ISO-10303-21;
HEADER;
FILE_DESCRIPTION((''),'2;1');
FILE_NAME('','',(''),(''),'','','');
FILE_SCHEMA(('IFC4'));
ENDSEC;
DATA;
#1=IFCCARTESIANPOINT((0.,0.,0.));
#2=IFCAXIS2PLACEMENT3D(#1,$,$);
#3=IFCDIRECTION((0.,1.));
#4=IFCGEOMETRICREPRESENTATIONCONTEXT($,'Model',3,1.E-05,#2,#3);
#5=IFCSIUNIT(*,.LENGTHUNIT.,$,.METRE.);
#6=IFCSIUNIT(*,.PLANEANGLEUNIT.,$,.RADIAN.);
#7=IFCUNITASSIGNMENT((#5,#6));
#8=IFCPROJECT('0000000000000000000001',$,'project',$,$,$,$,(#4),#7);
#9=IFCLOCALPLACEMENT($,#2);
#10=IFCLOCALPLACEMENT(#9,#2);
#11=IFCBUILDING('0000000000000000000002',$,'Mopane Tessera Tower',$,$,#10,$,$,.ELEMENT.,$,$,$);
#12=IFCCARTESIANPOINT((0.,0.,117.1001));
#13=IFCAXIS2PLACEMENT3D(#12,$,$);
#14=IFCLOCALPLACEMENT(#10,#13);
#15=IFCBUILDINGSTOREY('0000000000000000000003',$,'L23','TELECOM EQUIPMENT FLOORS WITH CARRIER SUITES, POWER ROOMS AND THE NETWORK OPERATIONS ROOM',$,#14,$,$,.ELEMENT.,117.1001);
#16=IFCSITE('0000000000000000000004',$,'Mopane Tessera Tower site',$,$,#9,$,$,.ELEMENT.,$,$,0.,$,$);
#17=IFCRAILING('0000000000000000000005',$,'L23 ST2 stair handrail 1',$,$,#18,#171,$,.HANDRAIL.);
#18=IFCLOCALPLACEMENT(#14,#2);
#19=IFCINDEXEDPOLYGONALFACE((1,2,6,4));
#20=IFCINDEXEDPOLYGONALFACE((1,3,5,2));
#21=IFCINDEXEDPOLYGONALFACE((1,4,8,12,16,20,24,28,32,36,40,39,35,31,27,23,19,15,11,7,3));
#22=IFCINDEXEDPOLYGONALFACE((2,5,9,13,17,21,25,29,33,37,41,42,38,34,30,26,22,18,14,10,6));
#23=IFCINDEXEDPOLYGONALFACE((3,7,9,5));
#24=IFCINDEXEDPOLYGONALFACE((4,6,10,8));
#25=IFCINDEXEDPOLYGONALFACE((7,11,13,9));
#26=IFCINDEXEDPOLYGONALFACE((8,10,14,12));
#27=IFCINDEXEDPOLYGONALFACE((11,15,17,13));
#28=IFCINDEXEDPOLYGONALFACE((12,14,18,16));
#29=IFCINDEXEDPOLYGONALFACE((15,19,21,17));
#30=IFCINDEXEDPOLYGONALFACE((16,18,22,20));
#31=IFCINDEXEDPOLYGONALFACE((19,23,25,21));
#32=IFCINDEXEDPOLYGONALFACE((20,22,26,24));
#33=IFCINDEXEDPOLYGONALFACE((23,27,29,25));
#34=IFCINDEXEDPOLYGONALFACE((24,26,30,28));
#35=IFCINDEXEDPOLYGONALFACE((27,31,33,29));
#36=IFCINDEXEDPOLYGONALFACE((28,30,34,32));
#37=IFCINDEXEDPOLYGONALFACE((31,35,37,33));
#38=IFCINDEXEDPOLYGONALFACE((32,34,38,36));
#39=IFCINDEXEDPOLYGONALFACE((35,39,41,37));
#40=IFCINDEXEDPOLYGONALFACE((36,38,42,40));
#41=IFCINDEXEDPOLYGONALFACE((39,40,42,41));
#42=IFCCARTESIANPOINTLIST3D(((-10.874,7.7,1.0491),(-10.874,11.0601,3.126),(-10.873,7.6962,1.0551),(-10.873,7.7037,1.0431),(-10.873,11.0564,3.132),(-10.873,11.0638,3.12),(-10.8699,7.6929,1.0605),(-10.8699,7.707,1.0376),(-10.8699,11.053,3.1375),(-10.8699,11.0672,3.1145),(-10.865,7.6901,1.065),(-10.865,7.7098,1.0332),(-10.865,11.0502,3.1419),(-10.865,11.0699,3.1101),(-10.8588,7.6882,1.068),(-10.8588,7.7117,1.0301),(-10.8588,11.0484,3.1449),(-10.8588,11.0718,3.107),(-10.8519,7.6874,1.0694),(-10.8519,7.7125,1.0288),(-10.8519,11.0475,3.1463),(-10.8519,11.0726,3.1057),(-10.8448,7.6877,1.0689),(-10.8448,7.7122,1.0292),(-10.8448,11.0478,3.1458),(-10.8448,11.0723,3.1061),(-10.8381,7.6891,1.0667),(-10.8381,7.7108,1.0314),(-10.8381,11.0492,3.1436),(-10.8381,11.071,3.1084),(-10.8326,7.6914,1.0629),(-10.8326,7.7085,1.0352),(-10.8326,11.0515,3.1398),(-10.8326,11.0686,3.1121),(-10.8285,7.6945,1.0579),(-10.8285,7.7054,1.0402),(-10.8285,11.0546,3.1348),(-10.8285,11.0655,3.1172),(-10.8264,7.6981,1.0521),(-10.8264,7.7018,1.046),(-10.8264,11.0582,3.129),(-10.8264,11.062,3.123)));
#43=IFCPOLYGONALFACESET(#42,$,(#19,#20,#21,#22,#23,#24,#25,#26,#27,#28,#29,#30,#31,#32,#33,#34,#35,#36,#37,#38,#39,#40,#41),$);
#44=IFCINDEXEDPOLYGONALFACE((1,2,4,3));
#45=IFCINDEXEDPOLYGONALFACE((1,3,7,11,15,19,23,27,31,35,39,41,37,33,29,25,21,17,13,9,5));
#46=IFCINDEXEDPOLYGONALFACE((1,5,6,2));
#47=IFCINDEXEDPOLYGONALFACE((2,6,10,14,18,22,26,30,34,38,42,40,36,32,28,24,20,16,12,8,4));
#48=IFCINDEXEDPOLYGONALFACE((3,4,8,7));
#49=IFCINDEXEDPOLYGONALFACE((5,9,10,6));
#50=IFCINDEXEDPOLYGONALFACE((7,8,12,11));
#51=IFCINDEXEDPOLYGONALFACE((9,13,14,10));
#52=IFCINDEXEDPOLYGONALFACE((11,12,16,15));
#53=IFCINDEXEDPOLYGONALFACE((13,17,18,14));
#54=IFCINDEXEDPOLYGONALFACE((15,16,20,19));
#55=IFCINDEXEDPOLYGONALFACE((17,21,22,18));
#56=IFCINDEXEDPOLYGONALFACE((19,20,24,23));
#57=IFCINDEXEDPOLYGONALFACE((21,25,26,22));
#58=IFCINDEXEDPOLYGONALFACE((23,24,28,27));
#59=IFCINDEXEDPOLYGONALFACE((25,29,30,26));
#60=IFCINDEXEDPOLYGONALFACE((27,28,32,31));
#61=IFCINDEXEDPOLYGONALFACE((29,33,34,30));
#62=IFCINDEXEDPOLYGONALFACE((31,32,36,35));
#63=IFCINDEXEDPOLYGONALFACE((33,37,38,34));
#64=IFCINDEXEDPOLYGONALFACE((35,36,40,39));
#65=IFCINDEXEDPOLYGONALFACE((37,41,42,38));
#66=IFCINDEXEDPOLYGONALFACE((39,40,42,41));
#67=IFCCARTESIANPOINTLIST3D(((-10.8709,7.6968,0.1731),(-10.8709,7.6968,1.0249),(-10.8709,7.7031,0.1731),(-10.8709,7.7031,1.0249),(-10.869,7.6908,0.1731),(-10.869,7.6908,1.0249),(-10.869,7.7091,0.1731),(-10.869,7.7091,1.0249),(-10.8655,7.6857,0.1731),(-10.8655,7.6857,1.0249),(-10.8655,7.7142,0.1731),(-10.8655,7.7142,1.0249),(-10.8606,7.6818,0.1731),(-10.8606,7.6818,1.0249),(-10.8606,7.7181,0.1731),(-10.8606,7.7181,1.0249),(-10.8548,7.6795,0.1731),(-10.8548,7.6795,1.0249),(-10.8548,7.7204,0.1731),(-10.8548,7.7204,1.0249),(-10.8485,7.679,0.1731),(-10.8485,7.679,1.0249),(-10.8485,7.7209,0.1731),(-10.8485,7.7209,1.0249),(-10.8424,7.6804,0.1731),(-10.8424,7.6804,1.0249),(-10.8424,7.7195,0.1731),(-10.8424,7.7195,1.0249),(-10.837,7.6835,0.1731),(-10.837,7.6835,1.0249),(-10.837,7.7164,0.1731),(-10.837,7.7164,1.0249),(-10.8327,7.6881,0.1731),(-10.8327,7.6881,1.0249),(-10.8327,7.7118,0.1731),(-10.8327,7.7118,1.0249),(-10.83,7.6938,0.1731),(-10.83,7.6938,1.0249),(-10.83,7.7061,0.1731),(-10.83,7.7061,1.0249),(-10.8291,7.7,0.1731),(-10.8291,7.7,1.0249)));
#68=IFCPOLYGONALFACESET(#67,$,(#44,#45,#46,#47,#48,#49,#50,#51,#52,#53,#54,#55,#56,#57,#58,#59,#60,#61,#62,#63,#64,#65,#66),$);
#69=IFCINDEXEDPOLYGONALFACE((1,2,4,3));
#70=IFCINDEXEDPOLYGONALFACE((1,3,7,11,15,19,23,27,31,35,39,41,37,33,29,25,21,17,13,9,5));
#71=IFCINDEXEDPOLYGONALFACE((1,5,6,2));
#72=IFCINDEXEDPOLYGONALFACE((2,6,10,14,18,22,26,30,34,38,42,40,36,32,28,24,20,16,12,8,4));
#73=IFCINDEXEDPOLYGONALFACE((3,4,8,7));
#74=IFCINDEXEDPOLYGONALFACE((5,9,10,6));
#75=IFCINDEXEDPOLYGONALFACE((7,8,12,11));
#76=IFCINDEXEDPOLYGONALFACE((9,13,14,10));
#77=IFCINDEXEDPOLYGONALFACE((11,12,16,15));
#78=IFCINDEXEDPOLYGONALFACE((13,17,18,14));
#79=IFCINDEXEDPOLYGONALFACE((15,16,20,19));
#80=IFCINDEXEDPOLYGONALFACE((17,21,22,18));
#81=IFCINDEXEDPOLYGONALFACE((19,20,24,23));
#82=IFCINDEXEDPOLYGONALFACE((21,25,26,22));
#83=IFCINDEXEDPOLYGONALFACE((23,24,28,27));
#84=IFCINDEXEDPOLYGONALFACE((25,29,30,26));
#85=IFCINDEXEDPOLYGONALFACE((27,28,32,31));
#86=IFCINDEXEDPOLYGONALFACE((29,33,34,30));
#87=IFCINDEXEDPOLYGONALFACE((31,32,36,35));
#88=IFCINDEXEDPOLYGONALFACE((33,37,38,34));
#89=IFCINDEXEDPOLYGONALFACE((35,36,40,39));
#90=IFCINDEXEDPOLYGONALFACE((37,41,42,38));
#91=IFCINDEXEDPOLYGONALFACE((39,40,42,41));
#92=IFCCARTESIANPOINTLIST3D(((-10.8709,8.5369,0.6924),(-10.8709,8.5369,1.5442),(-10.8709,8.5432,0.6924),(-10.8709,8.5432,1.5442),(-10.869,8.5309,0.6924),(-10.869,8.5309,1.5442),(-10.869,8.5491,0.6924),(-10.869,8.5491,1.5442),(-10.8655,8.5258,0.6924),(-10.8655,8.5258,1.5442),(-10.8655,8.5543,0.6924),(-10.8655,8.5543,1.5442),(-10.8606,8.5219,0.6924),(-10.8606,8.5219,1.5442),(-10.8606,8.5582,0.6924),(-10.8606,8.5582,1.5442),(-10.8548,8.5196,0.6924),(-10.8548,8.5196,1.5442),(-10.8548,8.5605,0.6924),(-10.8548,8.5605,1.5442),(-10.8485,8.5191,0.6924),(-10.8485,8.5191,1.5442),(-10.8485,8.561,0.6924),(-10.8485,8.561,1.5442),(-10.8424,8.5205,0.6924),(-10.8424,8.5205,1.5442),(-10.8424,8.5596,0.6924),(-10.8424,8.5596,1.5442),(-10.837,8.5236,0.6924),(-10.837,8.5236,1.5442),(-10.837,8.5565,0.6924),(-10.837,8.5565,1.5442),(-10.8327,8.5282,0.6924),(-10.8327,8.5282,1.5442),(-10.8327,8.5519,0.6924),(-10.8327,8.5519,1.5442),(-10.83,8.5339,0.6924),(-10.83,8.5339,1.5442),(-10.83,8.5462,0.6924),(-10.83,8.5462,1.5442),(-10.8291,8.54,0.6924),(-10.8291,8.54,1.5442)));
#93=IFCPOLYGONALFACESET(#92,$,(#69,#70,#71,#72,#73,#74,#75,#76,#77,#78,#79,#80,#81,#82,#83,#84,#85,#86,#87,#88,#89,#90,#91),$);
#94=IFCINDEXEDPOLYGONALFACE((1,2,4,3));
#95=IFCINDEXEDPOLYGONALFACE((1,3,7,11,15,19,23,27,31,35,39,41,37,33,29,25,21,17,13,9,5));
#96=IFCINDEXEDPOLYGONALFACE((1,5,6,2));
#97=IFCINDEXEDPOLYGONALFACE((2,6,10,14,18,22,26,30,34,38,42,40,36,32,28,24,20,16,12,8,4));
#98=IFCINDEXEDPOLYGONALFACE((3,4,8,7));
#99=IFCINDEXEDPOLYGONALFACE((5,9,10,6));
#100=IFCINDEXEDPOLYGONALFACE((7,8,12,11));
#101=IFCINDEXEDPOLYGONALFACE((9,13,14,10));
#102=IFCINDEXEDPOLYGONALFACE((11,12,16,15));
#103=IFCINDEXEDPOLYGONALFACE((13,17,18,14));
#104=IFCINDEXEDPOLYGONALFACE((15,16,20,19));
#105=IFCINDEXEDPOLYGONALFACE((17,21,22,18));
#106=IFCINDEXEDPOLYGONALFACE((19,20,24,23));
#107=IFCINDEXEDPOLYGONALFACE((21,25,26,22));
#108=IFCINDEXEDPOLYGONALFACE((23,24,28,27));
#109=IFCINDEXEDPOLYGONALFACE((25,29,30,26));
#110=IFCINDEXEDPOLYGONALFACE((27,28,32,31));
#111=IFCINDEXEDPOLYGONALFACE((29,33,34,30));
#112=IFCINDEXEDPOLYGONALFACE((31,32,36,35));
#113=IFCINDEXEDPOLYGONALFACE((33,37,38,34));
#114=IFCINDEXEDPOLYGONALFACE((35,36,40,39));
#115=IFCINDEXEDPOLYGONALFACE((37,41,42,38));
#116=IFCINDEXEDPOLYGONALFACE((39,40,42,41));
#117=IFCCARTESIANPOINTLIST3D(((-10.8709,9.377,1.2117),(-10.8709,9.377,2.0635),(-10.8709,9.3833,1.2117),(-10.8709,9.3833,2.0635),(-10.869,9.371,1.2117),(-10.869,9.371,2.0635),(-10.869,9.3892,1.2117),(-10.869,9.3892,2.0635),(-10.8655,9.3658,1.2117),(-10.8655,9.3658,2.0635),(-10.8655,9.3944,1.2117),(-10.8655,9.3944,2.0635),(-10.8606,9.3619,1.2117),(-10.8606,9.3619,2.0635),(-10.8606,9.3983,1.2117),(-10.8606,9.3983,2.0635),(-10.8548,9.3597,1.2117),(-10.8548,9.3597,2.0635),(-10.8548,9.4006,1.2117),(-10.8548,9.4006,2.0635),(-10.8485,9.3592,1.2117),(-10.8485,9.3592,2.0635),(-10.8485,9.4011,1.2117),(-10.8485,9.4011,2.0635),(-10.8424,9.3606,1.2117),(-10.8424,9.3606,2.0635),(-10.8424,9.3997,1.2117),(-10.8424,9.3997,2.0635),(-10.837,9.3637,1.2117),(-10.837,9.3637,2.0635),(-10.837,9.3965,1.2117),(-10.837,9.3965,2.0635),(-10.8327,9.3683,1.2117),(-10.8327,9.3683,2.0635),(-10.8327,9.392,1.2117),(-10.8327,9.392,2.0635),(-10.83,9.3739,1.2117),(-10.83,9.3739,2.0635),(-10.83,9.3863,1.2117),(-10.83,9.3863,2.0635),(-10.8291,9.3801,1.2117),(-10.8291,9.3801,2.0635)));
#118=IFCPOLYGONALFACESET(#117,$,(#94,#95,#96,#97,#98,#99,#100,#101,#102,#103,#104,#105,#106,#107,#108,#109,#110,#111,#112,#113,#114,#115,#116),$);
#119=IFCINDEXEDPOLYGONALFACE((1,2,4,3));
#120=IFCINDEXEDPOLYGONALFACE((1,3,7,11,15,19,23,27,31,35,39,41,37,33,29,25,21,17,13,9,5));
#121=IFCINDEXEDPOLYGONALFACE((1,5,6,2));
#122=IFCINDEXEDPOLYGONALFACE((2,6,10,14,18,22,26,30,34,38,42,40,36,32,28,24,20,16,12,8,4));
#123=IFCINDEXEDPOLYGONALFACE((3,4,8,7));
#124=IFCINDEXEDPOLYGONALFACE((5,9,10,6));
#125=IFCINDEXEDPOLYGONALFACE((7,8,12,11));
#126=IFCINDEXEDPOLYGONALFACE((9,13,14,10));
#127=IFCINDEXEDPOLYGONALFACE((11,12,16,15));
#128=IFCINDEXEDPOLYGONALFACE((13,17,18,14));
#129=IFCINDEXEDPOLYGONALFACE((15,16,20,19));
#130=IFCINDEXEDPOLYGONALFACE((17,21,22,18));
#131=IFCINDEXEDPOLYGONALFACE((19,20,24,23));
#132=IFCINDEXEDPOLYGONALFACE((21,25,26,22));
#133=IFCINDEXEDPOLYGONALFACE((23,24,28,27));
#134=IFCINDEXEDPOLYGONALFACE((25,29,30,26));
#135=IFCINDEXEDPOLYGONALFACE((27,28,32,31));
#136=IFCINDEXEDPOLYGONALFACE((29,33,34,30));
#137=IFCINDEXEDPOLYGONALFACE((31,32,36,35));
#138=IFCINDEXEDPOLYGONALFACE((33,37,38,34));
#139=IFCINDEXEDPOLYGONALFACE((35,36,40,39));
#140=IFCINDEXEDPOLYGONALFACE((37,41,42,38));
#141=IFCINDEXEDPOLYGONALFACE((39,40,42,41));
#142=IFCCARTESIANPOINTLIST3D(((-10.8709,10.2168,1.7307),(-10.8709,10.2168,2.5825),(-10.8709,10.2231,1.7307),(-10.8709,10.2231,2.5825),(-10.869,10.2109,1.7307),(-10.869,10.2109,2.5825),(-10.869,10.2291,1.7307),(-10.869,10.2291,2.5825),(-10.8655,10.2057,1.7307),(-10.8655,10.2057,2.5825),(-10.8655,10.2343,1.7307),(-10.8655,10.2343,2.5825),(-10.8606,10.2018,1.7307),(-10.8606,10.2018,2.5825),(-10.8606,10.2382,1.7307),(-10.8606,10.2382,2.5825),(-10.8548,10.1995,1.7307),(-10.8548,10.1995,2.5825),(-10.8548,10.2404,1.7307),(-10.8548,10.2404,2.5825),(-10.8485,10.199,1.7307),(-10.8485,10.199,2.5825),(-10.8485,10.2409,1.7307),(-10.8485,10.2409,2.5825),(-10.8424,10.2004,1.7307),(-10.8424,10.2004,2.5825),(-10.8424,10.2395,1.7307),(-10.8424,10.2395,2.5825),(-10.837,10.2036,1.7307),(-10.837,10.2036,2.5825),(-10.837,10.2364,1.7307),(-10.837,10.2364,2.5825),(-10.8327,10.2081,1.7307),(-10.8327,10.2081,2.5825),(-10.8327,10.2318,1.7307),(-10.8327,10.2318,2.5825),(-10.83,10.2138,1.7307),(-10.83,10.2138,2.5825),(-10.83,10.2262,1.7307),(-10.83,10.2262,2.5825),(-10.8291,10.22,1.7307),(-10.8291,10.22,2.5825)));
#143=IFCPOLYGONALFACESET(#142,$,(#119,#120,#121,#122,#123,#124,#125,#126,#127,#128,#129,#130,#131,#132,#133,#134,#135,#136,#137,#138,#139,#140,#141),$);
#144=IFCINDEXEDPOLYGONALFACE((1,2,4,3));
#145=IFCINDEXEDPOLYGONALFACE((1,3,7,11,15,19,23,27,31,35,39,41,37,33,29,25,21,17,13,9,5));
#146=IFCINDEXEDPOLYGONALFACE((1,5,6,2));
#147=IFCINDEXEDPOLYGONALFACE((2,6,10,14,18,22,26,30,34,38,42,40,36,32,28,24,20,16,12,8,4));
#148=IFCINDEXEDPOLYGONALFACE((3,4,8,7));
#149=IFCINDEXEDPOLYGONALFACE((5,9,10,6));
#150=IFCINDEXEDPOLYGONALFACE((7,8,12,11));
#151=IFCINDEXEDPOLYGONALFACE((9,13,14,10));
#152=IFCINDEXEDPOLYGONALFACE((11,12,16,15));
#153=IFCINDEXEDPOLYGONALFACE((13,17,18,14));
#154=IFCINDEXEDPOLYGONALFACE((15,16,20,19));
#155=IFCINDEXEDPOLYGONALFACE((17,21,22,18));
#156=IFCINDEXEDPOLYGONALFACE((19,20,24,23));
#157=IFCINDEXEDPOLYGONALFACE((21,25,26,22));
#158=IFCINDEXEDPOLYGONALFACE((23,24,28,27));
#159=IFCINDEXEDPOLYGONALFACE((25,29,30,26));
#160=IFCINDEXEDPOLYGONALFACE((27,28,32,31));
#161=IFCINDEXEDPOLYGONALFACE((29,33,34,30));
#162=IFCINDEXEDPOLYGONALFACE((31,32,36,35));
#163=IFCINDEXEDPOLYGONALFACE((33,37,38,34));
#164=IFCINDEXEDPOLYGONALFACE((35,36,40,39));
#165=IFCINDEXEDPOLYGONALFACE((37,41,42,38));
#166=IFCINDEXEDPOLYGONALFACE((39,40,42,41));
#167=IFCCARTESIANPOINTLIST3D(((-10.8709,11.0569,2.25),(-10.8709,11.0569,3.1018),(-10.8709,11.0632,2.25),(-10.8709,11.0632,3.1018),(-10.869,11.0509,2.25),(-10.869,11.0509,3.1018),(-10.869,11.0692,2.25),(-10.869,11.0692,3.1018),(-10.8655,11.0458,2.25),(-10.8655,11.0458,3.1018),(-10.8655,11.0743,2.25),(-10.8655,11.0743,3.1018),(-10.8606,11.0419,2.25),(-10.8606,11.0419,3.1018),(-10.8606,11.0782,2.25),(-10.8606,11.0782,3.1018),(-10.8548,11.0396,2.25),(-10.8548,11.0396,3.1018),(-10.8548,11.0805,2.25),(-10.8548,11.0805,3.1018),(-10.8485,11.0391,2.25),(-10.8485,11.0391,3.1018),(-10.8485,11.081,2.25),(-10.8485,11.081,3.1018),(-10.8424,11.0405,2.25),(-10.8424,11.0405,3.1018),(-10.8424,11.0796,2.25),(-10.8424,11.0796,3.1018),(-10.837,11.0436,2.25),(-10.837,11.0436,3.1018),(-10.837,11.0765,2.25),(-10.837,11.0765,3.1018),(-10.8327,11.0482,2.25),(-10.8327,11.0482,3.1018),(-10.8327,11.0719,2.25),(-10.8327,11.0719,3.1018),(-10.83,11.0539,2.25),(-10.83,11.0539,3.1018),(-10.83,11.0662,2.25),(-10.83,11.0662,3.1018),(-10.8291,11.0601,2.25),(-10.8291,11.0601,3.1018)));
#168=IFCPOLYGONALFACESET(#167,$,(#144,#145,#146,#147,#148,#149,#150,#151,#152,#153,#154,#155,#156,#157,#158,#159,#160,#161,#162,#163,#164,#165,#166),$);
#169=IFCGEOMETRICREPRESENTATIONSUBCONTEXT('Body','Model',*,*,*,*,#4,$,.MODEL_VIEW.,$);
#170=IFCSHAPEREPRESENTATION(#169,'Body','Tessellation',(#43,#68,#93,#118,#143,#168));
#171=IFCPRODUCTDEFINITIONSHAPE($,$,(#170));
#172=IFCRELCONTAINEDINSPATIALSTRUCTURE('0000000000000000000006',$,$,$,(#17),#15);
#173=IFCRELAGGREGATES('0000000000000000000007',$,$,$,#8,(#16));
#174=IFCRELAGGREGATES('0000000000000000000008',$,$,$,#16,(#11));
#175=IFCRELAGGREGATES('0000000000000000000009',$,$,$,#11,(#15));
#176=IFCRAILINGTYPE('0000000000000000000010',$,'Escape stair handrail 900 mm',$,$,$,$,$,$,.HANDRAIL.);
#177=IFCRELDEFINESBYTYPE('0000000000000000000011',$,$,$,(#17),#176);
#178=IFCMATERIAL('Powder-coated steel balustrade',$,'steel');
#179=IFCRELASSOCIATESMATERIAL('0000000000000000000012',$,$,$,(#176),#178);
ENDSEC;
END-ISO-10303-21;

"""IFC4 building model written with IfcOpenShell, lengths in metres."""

from ifc_helpers import new_model, si_unit, direction, frame, origin, origin_2d, place, context, subcontext, project, spatial, circle, extrude, material, type_object, element, save


model = new_model("IFC4")

# Units and contexts
model_context = context("Model", 3, precision=1e-05, world=origin(), true_north=direction((0.0, 1.0)))
body_context = subcontext(model_context, "Body", "Model", "MODEL_VIEW")
ifc_project = project(units=[si_unit("LENGTHUNIT", "METRE"), si_unit("PLANEANGLEUNIT", "RADIAN")], contexts=[model_context])

# Site, building, storey
site_placement = place(None, origin())
site = spatial("IfcSite", under=ifc_project, at=site_placement, Name="Mopane Tessera Tower site", CompositionType="ELEMENT", RefElevation=0.0)
building_placement = place(site_placement, origin())
building = spatial("IfcBuilding", under=site, at=building_placement, Name="Mopane Tessera Tower", CompositionType="ELEMENT")
storey_placement = place(building_placement, frame((0.0, 0.0, 117.1001)))
storey = spatial("IfcBuildingStorey", under=building, at=storey_placement, Name="L23", Description="TELECOM EQUIPMENT FLOORS WITH CARRIER SUITES, POWER ROOMS AND THE NETWORK OPERATIONS ROOM", CompositionType="ELEMENT", Elevation=117.1001)

# Railing
ifc_material_1 = material(Name="Powder-coated steel balustrade", Category="steel")
railing_type_1 = type_object("IfcRailingType", Name="Escape stair handrail 900 mm", PredefinedType="HANDRAIL", material=ifc_material_1)
railing_1_placement = place(storey_placement, frame((-10.8501, 7.7, 0.1731)))
element("IfcRailing", 1, at=railing_1_placement, inside=storey, type_object=railing_type_1, Name="L23 ST2 stair handrail 1", PredefinedType="HANDRAIL", context=body_context, shape_type="SweptSolid", body=[
    extrude(circle(Radius=0.0239, at=origin_2d()), frame((0.0, 0.0, 0.876), z_axis=(0.0, 0.850623, 0.525776), x_axis=(-1.0, 0.0, 0.0)), (0.0, 0.0, 1.0), 3.9502),
    extrude(circle(Radius=0.021, at=origin_2d()), origin(), (0.0, 0.0, 1.0), 0.8518),
    extrude(circle(Radius=0.021, at=origin_2d()), frame((0.0, 0.8401, 0.5193)), (0.0, 0.0, 1.0), 0.8518),
    extrude(circle(Radius=0.021, at=origin_2d()), frame((0.0, 1.6802, 1.0386)), (0.0, 0.0, 1.0), 0.8518),
    extrude(circle(Radius=0.021, at=origin_2d()), frame((0.0, 2.52, 1.5576)), (0.0, 0.0, 1.0), 0.8518),
    extrude(circle(Radius=0.021, at=origin_2d()), frame((0.0, 3.3601, 2.0769)), (0.0, 0.0, 1.0), 0.8518),
])

save(model, "model.ifc")
